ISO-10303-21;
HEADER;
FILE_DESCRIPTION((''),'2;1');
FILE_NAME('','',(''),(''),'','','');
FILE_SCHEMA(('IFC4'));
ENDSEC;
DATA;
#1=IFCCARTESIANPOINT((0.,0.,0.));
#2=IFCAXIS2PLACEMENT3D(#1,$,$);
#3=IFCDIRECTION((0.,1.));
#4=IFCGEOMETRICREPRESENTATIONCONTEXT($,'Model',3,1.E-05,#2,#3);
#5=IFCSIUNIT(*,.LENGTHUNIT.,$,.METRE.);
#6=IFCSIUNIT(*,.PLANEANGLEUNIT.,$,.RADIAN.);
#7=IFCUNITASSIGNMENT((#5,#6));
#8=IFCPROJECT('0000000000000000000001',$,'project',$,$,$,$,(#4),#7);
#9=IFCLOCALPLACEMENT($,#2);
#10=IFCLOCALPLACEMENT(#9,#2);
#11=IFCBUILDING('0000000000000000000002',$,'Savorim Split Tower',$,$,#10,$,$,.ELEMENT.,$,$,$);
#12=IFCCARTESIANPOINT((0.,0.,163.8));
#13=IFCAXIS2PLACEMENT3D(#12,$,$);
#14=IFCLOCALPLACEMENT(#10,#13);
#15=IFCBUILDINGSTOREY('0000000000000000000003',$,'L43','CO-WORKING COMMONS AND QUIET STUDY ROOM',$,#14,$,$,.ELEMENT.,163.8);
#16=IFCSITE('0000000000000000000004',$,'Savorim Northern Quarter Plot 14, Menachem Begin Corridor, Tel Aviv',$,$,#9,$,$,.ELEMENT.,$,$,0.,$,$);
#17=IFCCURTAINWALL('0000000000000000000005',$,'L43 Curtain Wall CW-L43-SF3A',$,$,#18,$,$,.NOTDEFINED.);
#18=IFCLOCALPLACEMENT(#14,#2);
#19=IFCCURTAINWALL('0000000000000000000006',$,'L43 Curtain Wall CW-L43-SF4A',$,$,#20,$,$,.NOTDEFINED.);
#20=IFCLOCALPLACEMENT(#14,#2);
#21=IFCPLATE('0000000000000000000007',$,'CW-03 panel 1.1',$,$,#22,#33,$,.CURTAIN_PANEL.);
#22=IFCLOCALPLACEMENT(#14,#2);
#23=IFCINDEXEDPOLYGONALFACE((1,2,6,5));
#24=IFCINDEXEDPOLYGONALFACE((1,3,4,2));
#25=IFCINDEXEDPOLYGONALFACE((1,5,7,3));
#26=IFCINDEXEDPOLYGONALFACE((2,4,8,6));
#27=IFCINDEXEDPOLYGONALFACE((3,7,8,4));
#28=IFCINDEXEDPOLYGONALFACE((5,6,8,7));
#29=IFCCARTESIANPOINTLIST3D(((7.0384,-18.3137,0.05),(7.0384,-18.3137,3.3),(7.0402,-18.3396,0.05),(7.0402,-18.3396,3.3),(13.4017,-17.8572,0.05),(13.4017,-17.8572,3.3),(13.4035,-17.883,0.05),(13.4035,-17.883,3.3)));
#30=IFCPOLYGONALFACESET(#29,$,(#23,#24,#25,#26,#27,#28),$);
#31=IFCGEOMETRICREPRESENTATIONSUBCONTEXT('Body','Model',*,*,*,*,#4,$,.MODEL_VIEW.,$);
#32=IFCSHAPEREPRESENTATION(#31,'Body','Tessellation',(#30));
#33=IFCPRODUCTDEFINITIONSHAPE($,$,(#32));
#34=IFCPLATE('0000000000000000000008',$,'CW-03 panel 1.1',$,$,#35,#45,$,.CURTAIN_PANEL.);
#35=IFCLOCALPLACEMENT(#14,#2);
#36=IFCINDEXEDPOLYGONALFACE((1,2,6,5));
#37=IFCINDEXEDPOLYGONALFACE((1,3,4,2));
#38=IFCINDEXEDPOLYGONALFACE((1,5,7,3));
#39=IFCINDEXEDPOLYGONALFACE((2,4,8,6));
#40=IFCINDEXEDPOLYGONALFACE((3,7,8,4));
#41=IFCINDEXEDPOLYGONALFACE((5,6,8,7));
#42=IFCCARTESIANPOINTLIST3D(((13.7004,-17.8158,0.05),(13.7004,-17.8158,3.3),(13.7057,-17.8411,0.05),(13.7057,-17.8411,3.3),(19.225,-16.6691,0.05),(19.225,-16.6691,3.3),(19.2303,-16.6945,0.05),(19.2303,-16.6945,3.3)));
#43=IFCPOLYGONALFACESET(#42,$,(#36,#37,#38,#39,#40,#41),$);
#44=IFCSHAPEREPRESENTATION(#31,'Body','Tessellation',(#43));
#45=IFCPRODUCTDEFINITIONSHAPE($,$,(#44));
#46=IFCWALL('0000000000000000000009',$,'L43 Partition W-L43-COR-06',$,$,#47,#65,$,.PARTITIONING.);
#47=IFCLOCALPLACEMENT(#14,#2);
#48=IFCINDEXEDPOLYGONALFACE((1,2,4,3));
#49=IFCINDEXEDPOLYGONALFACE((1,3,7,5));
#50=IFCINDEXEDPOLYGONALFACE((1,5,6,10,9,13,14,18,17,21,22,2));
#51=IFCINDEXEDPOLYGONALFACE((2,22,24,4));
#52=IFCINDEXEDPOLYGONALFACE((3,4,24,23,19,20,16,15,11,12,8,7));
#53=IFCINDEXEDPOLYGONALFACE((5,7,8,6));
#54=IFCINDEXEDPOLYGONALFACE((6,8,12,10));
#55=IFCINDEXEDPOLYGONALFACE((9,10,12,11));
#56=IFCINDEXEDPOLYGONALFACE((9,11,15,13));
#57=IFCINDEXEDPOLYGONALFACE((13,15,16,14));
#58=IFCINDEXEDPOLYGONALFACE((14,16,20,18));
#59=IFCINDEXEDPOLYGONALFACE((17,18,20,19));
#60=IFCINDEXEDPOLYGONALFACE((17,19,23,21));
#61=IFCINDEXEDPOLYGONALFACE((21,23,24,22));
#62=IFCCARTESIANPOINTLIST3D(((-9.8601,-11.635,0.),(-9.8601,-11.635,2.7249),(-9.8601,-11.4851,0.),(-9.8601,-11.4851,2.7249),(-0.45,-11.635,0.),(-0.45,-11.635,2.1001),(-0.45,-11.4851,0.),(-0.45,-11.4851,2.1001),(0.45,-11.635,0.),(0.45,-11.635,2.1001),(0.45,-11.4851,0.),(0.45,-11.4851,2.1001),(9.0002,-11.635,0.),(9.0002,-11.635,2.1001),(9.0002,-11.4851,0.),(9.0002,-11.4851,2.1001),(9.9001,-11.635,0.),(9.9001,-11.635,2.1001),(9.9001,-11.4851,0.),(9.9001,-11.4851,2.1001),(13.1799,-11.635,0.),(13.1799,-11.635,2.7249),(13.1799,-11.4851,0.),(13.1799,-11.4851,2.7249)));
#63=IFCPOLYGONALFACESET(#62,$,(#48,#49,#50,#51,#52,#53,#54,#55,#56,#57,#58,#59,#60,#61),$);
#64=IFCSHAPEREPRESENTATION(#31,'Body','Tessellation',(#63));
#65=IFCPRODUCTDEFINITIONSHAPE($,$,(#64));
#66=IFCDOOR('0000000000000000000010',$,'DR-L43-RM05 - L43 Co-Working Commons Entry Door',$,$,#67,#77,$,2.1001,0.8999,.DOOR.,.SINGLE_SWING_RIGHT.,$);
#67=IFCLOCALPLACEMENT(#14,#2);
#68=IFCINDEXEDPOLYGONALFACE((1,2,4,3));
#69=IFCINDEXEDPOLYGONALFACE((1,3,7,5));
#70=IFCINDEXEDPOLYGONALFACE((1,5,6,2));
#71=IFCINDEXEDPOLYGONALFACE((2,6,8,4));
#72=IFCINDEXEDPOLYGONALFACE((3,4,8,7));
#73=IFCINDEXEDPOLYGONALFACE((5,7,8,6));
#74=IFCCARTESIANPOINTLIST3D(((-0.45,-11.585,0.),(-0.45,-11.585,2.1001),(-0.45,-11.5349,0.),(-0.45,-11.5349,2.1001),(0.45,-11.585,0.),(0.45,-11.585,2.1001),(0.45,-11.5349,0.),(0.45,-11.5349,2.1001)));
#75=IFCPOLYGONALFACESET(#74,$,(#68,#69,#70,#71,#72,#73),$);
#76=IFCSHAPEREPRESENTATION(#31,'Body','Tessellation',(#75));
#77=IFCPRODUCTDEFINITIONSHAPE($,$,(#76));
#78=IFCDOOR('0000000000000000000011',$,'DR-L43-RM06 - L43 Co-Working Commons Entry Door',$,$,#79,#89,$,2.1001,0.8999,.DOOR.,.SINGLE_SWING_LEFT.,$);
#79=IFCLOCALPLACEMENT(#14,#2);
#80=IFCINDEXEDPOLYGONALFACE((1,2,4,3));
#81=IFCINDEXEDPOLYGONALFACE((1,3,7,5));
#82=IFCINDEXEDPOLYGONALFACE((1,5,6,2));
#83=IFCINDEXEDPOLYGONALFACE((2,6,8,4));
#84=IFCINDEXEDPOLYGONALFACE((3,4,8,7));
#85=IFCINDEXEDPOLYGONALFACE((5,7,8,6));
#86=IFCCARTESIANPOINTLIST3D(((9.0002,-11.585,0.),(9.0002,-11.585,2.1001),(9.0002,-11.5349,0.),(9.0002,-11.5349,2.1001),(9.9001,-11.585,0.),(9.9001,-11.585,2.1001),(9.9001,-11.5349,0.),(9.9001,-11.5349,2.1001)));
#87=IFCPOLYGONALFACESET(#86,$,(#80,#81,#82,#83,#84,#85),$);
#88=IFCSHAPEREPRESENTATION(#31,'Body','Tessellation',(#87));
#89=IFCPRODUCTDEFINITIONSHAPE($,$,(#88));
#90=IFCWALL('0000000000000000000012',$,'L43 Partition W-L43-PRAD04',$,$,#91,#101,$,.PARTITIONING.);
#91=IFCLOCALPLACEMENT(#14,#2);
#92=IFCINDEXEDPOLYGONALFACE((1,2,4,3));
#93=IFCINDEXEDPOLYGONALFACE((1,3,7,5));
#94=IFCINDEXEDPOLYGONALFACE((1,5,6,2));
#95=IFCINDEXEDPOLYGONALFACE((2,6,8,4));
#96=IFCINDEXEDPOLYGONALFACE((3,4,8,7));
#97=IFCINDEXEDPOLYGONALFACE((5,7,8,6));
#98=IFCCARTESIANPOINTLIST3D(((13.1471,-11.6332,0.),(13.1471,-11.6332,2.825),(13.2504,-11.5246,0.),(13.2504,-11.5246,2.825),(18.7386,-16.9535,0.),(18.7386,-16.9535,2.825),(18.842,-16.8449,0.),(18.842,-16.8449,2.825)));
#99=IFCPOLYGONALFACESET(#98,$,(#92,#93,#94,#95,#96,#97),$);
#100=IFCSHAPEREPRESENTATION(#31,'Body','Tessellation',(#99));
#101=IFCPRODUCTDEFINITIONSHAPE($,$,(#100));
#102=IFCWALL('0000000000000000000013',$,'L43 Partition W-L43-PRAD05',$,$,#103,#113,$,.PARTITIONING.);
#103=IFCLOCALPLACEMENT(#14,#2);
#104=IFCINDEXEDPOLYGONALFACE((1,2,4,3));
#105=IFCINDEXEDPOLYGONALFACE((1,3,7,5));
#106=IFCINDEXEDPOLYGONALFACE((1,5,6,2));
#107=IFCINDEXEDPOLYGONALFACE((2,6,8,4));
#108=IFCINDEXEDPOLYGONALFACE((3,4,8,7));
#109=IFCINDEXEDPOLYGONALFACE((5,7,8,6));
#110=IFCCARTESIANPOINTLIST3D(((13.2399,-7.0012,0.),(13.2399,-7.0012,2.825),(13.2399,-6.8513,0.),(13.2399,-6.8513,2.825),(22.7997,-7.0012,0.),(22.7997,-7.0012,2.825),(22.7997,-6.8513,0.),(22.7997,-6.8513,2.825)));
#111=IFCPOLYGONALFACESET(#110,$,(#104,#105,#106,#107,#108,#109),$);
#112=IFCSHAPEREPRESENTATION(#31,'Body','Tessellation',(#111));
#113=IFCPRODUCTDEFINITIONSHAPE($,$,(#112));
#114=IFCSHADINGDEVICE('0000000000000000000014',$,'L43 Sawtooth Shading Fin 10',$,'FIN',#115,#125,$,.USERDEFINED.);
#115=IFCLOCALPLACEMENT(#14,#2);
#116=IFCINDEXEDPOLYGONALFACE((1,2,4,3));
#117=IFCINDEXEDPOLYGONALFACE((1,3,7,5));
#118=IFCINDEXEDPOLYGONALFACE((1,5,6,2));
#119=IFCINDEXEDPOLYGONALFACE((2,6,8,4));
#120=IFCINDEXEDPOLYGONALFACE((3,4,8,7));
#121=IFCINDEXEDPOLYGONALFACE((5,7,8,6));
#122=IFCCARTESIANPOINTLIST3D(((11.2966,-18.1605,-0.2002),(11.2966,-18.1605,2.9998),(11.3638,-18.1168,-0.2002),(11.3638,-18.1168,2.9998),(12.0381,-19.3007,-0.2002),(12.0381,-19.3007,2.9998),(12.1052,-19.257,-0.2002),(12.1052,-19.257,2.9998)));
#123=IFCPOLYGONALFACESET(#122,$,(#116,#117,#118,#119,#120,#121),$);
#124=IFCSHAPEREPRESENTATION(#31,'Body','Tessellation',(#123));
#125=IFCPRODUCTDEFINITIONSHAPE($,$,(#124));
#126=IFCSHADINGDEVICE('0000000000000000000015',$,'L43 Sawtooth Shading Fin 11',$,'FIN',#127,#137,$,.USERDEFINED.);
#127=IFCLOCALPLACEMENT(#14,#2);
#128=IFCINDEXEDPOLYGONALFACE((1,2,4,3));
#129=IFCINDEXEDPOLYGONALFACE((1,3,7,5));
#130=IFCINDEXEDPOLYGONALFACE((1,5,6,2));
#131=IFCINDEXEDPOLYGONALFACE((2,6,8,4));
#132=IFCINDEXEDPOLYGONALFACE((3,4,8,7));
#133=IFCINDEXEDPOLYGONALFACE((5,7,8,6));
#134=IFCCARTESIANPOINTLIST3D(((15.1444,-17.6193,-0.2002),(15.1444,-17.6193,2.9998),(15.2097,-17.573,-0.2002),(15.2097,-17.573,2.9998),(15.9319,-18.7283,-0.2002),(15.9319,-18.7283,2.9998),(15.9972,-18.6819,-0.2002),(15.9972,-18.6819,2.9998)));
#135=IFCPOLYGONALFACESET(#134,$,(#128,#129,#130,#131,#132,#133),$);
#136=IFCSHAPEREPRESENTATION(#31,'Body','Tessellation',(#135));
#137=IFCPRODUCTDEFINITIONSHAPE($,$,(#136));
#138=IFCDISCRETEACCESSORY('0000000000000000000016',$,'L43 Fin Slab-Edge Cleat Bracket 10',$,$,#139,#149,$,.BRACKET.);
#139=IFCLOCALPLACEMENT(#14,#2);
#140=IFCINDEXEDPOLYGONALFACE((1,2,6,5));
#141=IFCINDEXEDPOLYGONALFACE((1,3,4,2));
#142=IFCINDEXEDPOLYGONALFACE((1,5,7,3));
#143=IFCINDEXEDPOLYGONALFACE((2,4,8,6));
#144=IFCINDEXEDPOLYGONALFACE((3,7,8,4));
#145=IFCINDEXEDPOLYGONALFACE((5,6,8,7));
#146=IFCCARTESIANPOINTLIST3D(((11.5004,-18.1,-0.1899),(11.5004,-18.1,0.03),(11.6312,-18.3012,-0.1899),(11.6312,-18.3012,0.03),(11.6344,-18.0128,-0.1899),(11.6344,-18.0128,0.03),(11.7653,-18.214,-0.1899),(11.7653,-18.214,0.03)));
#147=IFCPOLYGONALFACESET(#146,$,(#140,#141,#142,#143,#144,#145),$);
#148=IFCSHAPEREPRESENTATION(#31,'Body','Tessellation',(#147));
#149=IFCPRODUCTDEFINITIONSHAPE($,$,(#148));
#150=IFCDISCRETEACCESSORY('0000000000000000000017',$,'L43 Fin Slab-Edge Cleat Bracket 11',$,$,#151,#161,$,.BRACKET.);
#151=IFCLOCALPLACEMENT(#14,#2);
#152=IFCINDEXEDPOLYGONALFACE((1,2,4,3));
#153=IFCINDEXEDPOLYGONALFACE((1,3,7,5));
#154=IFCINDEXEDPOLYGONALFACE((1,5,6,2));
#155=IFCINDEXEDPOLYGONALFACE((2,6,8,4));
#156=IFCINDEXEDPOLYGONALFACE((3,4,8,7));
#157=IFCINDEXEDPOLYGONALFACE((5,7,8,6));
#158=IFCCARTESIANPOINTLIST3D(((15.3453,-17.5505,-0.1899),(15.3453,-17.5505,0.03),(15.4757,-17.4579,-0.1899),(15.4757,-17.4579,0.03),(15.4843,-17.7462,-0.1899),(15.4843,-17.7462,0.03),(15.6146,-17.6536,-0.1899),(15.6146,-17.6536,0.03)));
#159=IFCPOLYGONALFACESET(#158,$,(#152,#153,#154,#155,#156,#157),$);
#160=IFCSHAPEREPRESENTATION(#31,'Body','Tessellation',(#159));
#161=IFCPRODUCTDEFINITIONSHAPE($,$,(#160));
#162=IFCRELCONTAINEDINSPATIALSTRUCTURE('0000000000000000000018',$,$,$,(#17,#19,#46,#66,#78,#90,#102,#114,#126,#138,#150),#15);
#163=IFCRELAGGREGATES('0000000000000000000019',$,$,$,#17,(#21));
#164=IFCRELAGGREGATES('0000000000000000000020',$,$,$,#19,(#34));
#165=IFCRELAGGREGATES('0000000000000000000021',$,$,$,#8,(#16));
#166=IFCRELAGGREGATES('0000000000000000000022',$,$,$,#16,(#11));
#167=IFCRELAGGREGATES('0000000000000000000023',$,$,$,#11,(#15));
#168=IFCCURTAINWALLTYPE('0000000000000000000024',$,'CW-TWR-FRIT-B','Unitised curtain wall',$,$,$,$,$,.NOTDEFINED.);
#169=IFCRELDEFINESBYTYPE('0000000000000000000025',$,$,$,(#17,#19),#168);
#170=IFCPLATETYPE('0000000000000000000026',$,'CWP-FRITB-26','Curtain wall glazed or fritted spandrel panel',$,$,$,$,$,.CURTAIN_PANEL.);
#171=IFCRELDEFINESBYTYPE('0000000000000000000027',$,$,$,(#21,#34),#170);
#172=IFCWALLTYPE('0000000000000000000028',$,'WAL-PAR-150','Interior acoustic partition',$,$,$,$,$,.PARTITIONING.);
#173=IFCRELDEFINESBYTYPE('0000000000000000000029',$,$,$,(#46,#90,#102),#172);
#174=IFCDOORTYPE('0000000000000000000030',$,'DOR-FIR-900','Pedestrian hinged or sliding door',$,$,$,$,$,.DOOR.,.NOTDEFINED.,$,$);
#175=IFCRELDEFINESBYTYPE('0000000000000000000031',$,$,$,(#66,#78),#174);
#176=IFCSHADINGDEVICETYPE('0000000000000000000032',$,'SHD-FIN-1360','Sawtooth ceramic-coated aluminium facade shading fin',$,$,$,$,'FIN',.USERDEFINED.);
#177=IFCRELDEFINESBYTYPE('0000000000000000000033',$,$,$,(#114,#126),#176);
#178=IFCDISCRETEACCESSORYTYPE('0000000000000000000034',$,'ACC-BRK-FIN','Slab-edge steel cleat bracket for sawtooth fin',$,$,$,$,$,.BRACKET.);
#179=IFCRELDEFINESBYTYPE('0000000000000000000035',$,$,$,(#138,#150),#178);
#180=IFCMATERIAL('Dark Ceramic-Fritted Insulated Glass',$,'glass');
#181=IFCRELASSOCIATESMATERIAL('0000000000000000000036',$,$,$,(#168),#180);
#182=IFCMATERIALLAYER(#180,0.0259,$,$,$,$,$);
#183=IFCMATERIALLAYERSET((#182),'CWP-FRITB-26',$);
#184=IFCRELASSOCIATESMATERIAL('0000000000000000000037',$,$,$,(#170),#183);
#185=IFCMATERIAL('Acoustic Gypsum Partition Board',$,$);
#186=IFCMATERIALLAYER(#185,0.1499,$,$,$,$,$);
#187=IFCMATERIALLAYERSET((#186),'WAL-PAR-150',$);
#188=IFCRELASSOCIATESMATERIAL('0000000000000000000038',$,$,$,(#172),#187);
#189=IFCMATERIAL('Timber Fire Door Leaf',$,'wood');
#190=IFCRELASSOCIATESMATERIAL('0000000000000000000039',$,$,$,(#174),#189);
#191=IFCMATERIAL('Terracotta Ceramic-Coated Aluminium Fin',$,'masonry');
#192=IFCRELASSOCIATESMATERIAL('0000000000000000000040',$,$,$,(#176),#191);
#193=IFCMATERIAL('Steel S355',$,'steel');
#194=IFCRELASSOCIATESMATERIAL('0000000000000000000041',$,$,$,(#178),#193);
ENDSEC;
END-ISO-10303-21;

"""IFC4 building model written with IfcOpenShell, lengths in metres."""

from ifc_helpers import new_model, si_unit, direction, frame, frame_2d, origin, origin_2d, place, context, subcontext, project, spatial, rectangle, extrude, material, layer, layer_set, type_object, element, fill, aggregate, save


model = new_model("IFC4")

# Units and contexts
model_context = context("Model", 3, precision=1e-05, world=origin(), true_north=direction((0.0, 1.0)))
body_context = subcontext(model_context, "Body", "Model", "MODEL_VIEW")
ifc_project = project(units=[si_unit("LENGTHUNIT", "METRE"), si_unit("PLANEANGLEUNIT", "RADIAN")], contexts=[model_context])

# Site, building, storey
site_placement = place(None, origin())
site = spatial("IfcSite", under=ifc_project, at=site_placement, Name="Savorim Northern Quarter Plot 14, Menachem Begin Corridor, Tel Aviv", CompositionType="ELEMENT", RefElevation=0.0)
building_placement = place(site_placement, origin())
building = spatial("IfcBuilding", under=site, at=building_placement, Name="Savorim Split Tower", CompositionType="ELEMENT")
storey_placement = place(building_placement, frame((0.0, 0.0, 163.8)))
storey = spatial("IfcBuildingStorey", under=building, at=storey_placement, Name="L43", Description="CO-WORKING COMMONS AND QUIET STUDY ROOM", CompositionType="ELEMENT", Elevation=163.8)

# Shared definitions
ifc_material_1 = material(Name="Steel S355", Category="steel")

# Curtain wall
ifc_material_2 = material(Name="Dark Ceramic-Fritted Insulated Glass", Category="glass")
curtain_wall_type = type_object("IfcCurtainWallType", Name="CW-TWR-FRIT-B", Description="Unitised curtain wall", PredefinedType="NOTDEFINED", material=ifc_material_2)
curtain_wall_1_placement = place(storey_placement, origin())
curtain_wall_1 = element("IfcCurtainWall", 1, at=curtain_wall_1_placement, inside=storey, type_object=curtain_wall_type, Name="L43 Curtain Wall CW-L43-SF3A", PredefinedType="NOTDEFINED")

# Curtain wall
curtain_wall_2_placement = place(storey_placement, origin())
curtain_wall_2 = element("IfcCurtainWall", 2, at=curtain_wall_2_placement, inside=storey, type_object=curtain_wall_type, Name="L43 Curtain Wall CW-L43-SF4A", PredefinedType="NOTDEFINED")

# Plates
ifc_layer_1 = layer(ifc_material_2, 0.0259)
ifc_layer_set_1 = layer_set([ifc_layer_1], Name="CWP-FRITB-26")
plate_type = type_object("IfcPlateType", Name="CWP-FRITB-26", Description="Curtain wall glazed or fritted spandrel panel", PredefinedType="CURTAIN_PANEL", material=ifc_layer_set_1)
plate_1_placement = place(storey_placement, frame((10.2209, -18.0984, 0.05), z_axis=(0.0, 0.0, 1.0), x_axis=(0.997436, 0.071558, 0.0)))
plate_1 = element("IfcPlate", 3, at=plate_1_placement, type_object=plate_type, Name="CW-03 panel 1.1", PredefinedType="CURTAIN_PANEL", context=body_context, shape_type="SweptSolid", body=[
    extrude(rectangle(XDim=6.3796, YDim=0.0259, at=origin_2d()), origin(), (0.0, 0.0, 1.0), 3.25),
])
aggregate(curtain_wall_1, [plate_1])
plate_2_placement = place(storey_placement, frame((16.4653, -17.2551, 0.05), z_axis=(0.0, 0.0, 1.0), x_axis=(0.979134, 0.203216, 0.0)))
plate_2 = element("IfcPlate", 4, at=plate_2_placement, type_object=plate_type, Name="CW-03 panel 1.1", PredefinedType="CURTAIN_PANEL", context=body_context, shape_type="SweptSolid", body=[
    extrude(rectangle(XDim=5.6423, YDim=0.0259, at=origin_2d()), origin(), (0.0, 0.0, 1.0), 3.25),
])
aggregate(curtain_wall_2, [plate_2])

# Wall, openings, doors
ifc_material_3 = material(Name="Acoustic Gypsum Partition Board")
ifc_layer_2 = layer(ifc_material_3, 0.1499)
ifc_layer_set_2 = layer_set([ifc_layer_2], Name="WAL-PAR-150")
wall_type = type_object("IfcWallType", Name="WAL-PAR-150", Description="Interior acoustic partition", PredefinedType="PARTITIONING", material=ifc_layer_set_2)
wall_1_placement = place(storey_placement, frame((13.1799, -11.5601, 0.0), z_axis=(0.0, 0.0, 1.0), x_axis=(-1.0, 0.0, 0.0)))
wall_1 = element("IfcWall", 5, at=wall_1_placement, inside=storey, type_object=wall_type, Name="L43 Partition W-L43-COR-06", PredefinedType="PARTITIONING", context=body_context, shape_type="SweptSolid", body=[
    extrude(rectangle(XDim=23.04, YDim=0.1499, at=frame_2d((11.52, 0.0))), origin(), (0.0, 0.0, 1.0), 2.7249),
])
opening_1_placement = place(wall_1_placement, frame((12.73, 0.0, 0.0)))
opening_1 = element("IfcOpeningElement", 6, at=opening_1_placement, cuts=wall_1, PredefinedType="OPENING", context=body_context, shape_type="SweptSolid", body=[
    extrude(rectangle(XDim=0.8999, YDim=2.1001, at=frame_2d((0.45, 1.05))), frame((0.0, 0.085, 0.0), z_axis=(0.0, -1.0, 0.0), x_axis=(1.0, 0.0, 0.0)), (0.0, 0.0, 1.0), 0.1699),
])
opening_2_placement = place(wall_1_placement, frame((3.2798, 0.0, 0.0)))
opening_2 = element("IfcOpeningElement", 7, at=opening_2_placement, cuts=wall_1, PredefinedType="OPENING", context=body_context, shape_type="SweptSolid", body=[
    extrude(rectangle(XDim=0.8999, YDim=2.1001, at=frame_2d((0.45, 1.05))), frame((0.0, 0.085, 0.0), z_axis=(0.0, -1.0, 0.0), x_axis=(1.0, 0.0, 0.0)), (0.0, 0.0, 1.0), 0.1699),
])
ifc_material_4 = material(Name="Timber Fire Door Leaf", Category="wood")
door_type = type_object("IfcDoorType", Name="DOR-FIR-900", Description="Pedestrian hinged or sliding door", OperationType="NOTDEFINED", PredefinedType="DOOR", material=ifc_material_4)
door_1_placement = place(opening_1_placement, origin())
door_1 = element("IfcDoor", 8, at=door_1_placement, inside=storey, type_object=door_type, Name="DR-L43-RM05 - L43 Co-Working Commons Entry Door", OperationType="SINGLE_SWING_RIGHT", OverallHeight=2.1001, OverallWidth=0.8999, PredefinedType="DOOR", context=body_context, shape_type="SweptSolid", body=[
    extrude(rectangle(XDim=0.8999, YDim=2.1001, at=frame_2d((0.45, 1.05))), frame((0.0, 0.0249, 0.0), z_axis=(0.0, -1.0, 0.0), x_axis=(1.0, 0.0, 0.0)), (0.0, 0.0, 1.0), 0.05),
])
fill(opening_1, door_1)
door_2_placement = place(opening_2_placement, origin())
door_2 = element("IfcDoor", 9, at=door_2_placement, inside=storey, type_object=door_type, Name="DR-L43-RM06 - L43 Co-Working Commons Entry Door", OperationType="SINGLE_SWING_LEFT", OverallHeight=2.1001, OverallWidth=0.8999, PredefinedType="DOOR", context=body_context, shape_type="SweptSolid", body=[
    extrude(rectangle(XDim=0.8999, YDim=2.1001, at=frame_2d((0.45, 1.05))), frame((0.0, 0.0249, 0.0), z_axis=(0.0, -1.0, 0.0), x_axis=(1.0, 0.0, 0.0)), (0.0, 0.0, 1.0), 0.05),
])
fill(opening_2, door_2)

# Walls
wall_2_placement = place(storey_placement, frame((13.1987, -11.5789, 0.0), z_axis=(0.0, 0.0, 1.0), x_axis=(0.72446, -0.689317, 0.0)))
element("IfcWall", 10, at=wall_2_placement, inside=storey, type_object=wall_type, Name="L43 Partition W-L43-PRAD04", PredefinedType="PARTITIONING", context=body_context, shape_type="SweptSolid", body=[
    extrude(rectangle(XDim=7.7183, YDim=0.1499, at=frame_2d((3.8591, 0.0))), origin(), (0.0, 0.0, 1.0), 2.825),
])
wall_3_placement = place(storey_placement, frame((13.24, -6.9263, 0.0), z_axis=(0.0, 0.0, 1.0), x_axis=(1.0, 0.0, 0.0)))
element("IfcWall", 11, at=wall_3_placement, inside=storey, type_object=wall_type, Name="L43 Partition W-L43-PRAD05", PredefinedType="PARTITIONING", context=body_context, shape_type="SweptSolid", body=[
    extrude(rectangle(XDim=9.5598, YDim=0.1499, at=frame_2d((4.7798, 0.0))), origin(), (0.0, 0.0, 1.0), 2.825),
])

# Shading devices
ifc_material_5 = material(Name="Terracotta Ceramic-Coated Aluminium Fin", Category="masonry")
shading_device_type = type_object("IfcShadingDeviceType", Name="SHD-FIN-1360", Description="Sawtooth ceramic-coated aluminium facade shading fin", ElementType="FIN", PredefinedType="USERDEFINED", material=ifc_material_5)
for number, where, z_axis, x_axis, name in (
    (12, (11.7009, -18.7087, -0.2002), (0.0, 0.0, 1.0), (0.545148, -0.83834, 0.0), "L43 Sawtooth Shading Fin 10"),
    (13, (15.5708, -18.1506, -0.2002), (0.0, 0.0, 1.0), (0.578994, -0.815332, 0.0), "L43 Sawtooth Shading Fin 11"),
):
    element("IfcShadingDevice", number, at=place(storey_placement, frame(where, z_axis=z_axis, x_axis=x_axis)), inside=storey, type_object=shading_device_type, Name=name, ObjectType="FIN", PredefinedType="USERDEFINED", context=body_context, shape_type="SweptSolid", body=[
        extrude(rectangle(XDim=1.3601, YDim=0.0801, at=origin_2d()), origin(), (0.0, 0.0, 1.0), 3.2),
    ])

# Discrete accessories
discrete_accessory_type = type_object("IfcDiscreteAccessoryType", Name="ACC-BRK-FIN", Description="Slab-edge steel cleat bracket for sawtooth fin", PredefinedType="BRACKET", material=ifc_material_1)
for number, where, z_axis, x_axis, name in (
    (14, (11.6328, -18.157, -0.1899), (0.0, 0.0, 1.0), (0.545148, -0.83834, 0.0), "L43 Fin Slab-Edge Cleat Bracket 10"),
    (15, (15.48, -17.6021, -0.1899), (0.0, 0.0, 1.0), (0.578994, -0.815332, 0.0), "L43 Fin Slab-Edge Cleat Bracket 11"),
):
    element("IfcDiscreteAccessory", number, at=place(storey_placement, frame(where, z_axis=z_axis, x_axis=x_axis)), inside=storey, type_object=discrete_accessory_type, Name=name, PredefinedType="BRACKET", context=body_context, shape_type="SweptSolid", body=[
        extrude(rectangle(XDim=0.24, YDim=0.1599, at=origin_2d()), origin(), (0.0, 0.0, 1.0), 0.22),
    ])

save(model, "model.ifc")
